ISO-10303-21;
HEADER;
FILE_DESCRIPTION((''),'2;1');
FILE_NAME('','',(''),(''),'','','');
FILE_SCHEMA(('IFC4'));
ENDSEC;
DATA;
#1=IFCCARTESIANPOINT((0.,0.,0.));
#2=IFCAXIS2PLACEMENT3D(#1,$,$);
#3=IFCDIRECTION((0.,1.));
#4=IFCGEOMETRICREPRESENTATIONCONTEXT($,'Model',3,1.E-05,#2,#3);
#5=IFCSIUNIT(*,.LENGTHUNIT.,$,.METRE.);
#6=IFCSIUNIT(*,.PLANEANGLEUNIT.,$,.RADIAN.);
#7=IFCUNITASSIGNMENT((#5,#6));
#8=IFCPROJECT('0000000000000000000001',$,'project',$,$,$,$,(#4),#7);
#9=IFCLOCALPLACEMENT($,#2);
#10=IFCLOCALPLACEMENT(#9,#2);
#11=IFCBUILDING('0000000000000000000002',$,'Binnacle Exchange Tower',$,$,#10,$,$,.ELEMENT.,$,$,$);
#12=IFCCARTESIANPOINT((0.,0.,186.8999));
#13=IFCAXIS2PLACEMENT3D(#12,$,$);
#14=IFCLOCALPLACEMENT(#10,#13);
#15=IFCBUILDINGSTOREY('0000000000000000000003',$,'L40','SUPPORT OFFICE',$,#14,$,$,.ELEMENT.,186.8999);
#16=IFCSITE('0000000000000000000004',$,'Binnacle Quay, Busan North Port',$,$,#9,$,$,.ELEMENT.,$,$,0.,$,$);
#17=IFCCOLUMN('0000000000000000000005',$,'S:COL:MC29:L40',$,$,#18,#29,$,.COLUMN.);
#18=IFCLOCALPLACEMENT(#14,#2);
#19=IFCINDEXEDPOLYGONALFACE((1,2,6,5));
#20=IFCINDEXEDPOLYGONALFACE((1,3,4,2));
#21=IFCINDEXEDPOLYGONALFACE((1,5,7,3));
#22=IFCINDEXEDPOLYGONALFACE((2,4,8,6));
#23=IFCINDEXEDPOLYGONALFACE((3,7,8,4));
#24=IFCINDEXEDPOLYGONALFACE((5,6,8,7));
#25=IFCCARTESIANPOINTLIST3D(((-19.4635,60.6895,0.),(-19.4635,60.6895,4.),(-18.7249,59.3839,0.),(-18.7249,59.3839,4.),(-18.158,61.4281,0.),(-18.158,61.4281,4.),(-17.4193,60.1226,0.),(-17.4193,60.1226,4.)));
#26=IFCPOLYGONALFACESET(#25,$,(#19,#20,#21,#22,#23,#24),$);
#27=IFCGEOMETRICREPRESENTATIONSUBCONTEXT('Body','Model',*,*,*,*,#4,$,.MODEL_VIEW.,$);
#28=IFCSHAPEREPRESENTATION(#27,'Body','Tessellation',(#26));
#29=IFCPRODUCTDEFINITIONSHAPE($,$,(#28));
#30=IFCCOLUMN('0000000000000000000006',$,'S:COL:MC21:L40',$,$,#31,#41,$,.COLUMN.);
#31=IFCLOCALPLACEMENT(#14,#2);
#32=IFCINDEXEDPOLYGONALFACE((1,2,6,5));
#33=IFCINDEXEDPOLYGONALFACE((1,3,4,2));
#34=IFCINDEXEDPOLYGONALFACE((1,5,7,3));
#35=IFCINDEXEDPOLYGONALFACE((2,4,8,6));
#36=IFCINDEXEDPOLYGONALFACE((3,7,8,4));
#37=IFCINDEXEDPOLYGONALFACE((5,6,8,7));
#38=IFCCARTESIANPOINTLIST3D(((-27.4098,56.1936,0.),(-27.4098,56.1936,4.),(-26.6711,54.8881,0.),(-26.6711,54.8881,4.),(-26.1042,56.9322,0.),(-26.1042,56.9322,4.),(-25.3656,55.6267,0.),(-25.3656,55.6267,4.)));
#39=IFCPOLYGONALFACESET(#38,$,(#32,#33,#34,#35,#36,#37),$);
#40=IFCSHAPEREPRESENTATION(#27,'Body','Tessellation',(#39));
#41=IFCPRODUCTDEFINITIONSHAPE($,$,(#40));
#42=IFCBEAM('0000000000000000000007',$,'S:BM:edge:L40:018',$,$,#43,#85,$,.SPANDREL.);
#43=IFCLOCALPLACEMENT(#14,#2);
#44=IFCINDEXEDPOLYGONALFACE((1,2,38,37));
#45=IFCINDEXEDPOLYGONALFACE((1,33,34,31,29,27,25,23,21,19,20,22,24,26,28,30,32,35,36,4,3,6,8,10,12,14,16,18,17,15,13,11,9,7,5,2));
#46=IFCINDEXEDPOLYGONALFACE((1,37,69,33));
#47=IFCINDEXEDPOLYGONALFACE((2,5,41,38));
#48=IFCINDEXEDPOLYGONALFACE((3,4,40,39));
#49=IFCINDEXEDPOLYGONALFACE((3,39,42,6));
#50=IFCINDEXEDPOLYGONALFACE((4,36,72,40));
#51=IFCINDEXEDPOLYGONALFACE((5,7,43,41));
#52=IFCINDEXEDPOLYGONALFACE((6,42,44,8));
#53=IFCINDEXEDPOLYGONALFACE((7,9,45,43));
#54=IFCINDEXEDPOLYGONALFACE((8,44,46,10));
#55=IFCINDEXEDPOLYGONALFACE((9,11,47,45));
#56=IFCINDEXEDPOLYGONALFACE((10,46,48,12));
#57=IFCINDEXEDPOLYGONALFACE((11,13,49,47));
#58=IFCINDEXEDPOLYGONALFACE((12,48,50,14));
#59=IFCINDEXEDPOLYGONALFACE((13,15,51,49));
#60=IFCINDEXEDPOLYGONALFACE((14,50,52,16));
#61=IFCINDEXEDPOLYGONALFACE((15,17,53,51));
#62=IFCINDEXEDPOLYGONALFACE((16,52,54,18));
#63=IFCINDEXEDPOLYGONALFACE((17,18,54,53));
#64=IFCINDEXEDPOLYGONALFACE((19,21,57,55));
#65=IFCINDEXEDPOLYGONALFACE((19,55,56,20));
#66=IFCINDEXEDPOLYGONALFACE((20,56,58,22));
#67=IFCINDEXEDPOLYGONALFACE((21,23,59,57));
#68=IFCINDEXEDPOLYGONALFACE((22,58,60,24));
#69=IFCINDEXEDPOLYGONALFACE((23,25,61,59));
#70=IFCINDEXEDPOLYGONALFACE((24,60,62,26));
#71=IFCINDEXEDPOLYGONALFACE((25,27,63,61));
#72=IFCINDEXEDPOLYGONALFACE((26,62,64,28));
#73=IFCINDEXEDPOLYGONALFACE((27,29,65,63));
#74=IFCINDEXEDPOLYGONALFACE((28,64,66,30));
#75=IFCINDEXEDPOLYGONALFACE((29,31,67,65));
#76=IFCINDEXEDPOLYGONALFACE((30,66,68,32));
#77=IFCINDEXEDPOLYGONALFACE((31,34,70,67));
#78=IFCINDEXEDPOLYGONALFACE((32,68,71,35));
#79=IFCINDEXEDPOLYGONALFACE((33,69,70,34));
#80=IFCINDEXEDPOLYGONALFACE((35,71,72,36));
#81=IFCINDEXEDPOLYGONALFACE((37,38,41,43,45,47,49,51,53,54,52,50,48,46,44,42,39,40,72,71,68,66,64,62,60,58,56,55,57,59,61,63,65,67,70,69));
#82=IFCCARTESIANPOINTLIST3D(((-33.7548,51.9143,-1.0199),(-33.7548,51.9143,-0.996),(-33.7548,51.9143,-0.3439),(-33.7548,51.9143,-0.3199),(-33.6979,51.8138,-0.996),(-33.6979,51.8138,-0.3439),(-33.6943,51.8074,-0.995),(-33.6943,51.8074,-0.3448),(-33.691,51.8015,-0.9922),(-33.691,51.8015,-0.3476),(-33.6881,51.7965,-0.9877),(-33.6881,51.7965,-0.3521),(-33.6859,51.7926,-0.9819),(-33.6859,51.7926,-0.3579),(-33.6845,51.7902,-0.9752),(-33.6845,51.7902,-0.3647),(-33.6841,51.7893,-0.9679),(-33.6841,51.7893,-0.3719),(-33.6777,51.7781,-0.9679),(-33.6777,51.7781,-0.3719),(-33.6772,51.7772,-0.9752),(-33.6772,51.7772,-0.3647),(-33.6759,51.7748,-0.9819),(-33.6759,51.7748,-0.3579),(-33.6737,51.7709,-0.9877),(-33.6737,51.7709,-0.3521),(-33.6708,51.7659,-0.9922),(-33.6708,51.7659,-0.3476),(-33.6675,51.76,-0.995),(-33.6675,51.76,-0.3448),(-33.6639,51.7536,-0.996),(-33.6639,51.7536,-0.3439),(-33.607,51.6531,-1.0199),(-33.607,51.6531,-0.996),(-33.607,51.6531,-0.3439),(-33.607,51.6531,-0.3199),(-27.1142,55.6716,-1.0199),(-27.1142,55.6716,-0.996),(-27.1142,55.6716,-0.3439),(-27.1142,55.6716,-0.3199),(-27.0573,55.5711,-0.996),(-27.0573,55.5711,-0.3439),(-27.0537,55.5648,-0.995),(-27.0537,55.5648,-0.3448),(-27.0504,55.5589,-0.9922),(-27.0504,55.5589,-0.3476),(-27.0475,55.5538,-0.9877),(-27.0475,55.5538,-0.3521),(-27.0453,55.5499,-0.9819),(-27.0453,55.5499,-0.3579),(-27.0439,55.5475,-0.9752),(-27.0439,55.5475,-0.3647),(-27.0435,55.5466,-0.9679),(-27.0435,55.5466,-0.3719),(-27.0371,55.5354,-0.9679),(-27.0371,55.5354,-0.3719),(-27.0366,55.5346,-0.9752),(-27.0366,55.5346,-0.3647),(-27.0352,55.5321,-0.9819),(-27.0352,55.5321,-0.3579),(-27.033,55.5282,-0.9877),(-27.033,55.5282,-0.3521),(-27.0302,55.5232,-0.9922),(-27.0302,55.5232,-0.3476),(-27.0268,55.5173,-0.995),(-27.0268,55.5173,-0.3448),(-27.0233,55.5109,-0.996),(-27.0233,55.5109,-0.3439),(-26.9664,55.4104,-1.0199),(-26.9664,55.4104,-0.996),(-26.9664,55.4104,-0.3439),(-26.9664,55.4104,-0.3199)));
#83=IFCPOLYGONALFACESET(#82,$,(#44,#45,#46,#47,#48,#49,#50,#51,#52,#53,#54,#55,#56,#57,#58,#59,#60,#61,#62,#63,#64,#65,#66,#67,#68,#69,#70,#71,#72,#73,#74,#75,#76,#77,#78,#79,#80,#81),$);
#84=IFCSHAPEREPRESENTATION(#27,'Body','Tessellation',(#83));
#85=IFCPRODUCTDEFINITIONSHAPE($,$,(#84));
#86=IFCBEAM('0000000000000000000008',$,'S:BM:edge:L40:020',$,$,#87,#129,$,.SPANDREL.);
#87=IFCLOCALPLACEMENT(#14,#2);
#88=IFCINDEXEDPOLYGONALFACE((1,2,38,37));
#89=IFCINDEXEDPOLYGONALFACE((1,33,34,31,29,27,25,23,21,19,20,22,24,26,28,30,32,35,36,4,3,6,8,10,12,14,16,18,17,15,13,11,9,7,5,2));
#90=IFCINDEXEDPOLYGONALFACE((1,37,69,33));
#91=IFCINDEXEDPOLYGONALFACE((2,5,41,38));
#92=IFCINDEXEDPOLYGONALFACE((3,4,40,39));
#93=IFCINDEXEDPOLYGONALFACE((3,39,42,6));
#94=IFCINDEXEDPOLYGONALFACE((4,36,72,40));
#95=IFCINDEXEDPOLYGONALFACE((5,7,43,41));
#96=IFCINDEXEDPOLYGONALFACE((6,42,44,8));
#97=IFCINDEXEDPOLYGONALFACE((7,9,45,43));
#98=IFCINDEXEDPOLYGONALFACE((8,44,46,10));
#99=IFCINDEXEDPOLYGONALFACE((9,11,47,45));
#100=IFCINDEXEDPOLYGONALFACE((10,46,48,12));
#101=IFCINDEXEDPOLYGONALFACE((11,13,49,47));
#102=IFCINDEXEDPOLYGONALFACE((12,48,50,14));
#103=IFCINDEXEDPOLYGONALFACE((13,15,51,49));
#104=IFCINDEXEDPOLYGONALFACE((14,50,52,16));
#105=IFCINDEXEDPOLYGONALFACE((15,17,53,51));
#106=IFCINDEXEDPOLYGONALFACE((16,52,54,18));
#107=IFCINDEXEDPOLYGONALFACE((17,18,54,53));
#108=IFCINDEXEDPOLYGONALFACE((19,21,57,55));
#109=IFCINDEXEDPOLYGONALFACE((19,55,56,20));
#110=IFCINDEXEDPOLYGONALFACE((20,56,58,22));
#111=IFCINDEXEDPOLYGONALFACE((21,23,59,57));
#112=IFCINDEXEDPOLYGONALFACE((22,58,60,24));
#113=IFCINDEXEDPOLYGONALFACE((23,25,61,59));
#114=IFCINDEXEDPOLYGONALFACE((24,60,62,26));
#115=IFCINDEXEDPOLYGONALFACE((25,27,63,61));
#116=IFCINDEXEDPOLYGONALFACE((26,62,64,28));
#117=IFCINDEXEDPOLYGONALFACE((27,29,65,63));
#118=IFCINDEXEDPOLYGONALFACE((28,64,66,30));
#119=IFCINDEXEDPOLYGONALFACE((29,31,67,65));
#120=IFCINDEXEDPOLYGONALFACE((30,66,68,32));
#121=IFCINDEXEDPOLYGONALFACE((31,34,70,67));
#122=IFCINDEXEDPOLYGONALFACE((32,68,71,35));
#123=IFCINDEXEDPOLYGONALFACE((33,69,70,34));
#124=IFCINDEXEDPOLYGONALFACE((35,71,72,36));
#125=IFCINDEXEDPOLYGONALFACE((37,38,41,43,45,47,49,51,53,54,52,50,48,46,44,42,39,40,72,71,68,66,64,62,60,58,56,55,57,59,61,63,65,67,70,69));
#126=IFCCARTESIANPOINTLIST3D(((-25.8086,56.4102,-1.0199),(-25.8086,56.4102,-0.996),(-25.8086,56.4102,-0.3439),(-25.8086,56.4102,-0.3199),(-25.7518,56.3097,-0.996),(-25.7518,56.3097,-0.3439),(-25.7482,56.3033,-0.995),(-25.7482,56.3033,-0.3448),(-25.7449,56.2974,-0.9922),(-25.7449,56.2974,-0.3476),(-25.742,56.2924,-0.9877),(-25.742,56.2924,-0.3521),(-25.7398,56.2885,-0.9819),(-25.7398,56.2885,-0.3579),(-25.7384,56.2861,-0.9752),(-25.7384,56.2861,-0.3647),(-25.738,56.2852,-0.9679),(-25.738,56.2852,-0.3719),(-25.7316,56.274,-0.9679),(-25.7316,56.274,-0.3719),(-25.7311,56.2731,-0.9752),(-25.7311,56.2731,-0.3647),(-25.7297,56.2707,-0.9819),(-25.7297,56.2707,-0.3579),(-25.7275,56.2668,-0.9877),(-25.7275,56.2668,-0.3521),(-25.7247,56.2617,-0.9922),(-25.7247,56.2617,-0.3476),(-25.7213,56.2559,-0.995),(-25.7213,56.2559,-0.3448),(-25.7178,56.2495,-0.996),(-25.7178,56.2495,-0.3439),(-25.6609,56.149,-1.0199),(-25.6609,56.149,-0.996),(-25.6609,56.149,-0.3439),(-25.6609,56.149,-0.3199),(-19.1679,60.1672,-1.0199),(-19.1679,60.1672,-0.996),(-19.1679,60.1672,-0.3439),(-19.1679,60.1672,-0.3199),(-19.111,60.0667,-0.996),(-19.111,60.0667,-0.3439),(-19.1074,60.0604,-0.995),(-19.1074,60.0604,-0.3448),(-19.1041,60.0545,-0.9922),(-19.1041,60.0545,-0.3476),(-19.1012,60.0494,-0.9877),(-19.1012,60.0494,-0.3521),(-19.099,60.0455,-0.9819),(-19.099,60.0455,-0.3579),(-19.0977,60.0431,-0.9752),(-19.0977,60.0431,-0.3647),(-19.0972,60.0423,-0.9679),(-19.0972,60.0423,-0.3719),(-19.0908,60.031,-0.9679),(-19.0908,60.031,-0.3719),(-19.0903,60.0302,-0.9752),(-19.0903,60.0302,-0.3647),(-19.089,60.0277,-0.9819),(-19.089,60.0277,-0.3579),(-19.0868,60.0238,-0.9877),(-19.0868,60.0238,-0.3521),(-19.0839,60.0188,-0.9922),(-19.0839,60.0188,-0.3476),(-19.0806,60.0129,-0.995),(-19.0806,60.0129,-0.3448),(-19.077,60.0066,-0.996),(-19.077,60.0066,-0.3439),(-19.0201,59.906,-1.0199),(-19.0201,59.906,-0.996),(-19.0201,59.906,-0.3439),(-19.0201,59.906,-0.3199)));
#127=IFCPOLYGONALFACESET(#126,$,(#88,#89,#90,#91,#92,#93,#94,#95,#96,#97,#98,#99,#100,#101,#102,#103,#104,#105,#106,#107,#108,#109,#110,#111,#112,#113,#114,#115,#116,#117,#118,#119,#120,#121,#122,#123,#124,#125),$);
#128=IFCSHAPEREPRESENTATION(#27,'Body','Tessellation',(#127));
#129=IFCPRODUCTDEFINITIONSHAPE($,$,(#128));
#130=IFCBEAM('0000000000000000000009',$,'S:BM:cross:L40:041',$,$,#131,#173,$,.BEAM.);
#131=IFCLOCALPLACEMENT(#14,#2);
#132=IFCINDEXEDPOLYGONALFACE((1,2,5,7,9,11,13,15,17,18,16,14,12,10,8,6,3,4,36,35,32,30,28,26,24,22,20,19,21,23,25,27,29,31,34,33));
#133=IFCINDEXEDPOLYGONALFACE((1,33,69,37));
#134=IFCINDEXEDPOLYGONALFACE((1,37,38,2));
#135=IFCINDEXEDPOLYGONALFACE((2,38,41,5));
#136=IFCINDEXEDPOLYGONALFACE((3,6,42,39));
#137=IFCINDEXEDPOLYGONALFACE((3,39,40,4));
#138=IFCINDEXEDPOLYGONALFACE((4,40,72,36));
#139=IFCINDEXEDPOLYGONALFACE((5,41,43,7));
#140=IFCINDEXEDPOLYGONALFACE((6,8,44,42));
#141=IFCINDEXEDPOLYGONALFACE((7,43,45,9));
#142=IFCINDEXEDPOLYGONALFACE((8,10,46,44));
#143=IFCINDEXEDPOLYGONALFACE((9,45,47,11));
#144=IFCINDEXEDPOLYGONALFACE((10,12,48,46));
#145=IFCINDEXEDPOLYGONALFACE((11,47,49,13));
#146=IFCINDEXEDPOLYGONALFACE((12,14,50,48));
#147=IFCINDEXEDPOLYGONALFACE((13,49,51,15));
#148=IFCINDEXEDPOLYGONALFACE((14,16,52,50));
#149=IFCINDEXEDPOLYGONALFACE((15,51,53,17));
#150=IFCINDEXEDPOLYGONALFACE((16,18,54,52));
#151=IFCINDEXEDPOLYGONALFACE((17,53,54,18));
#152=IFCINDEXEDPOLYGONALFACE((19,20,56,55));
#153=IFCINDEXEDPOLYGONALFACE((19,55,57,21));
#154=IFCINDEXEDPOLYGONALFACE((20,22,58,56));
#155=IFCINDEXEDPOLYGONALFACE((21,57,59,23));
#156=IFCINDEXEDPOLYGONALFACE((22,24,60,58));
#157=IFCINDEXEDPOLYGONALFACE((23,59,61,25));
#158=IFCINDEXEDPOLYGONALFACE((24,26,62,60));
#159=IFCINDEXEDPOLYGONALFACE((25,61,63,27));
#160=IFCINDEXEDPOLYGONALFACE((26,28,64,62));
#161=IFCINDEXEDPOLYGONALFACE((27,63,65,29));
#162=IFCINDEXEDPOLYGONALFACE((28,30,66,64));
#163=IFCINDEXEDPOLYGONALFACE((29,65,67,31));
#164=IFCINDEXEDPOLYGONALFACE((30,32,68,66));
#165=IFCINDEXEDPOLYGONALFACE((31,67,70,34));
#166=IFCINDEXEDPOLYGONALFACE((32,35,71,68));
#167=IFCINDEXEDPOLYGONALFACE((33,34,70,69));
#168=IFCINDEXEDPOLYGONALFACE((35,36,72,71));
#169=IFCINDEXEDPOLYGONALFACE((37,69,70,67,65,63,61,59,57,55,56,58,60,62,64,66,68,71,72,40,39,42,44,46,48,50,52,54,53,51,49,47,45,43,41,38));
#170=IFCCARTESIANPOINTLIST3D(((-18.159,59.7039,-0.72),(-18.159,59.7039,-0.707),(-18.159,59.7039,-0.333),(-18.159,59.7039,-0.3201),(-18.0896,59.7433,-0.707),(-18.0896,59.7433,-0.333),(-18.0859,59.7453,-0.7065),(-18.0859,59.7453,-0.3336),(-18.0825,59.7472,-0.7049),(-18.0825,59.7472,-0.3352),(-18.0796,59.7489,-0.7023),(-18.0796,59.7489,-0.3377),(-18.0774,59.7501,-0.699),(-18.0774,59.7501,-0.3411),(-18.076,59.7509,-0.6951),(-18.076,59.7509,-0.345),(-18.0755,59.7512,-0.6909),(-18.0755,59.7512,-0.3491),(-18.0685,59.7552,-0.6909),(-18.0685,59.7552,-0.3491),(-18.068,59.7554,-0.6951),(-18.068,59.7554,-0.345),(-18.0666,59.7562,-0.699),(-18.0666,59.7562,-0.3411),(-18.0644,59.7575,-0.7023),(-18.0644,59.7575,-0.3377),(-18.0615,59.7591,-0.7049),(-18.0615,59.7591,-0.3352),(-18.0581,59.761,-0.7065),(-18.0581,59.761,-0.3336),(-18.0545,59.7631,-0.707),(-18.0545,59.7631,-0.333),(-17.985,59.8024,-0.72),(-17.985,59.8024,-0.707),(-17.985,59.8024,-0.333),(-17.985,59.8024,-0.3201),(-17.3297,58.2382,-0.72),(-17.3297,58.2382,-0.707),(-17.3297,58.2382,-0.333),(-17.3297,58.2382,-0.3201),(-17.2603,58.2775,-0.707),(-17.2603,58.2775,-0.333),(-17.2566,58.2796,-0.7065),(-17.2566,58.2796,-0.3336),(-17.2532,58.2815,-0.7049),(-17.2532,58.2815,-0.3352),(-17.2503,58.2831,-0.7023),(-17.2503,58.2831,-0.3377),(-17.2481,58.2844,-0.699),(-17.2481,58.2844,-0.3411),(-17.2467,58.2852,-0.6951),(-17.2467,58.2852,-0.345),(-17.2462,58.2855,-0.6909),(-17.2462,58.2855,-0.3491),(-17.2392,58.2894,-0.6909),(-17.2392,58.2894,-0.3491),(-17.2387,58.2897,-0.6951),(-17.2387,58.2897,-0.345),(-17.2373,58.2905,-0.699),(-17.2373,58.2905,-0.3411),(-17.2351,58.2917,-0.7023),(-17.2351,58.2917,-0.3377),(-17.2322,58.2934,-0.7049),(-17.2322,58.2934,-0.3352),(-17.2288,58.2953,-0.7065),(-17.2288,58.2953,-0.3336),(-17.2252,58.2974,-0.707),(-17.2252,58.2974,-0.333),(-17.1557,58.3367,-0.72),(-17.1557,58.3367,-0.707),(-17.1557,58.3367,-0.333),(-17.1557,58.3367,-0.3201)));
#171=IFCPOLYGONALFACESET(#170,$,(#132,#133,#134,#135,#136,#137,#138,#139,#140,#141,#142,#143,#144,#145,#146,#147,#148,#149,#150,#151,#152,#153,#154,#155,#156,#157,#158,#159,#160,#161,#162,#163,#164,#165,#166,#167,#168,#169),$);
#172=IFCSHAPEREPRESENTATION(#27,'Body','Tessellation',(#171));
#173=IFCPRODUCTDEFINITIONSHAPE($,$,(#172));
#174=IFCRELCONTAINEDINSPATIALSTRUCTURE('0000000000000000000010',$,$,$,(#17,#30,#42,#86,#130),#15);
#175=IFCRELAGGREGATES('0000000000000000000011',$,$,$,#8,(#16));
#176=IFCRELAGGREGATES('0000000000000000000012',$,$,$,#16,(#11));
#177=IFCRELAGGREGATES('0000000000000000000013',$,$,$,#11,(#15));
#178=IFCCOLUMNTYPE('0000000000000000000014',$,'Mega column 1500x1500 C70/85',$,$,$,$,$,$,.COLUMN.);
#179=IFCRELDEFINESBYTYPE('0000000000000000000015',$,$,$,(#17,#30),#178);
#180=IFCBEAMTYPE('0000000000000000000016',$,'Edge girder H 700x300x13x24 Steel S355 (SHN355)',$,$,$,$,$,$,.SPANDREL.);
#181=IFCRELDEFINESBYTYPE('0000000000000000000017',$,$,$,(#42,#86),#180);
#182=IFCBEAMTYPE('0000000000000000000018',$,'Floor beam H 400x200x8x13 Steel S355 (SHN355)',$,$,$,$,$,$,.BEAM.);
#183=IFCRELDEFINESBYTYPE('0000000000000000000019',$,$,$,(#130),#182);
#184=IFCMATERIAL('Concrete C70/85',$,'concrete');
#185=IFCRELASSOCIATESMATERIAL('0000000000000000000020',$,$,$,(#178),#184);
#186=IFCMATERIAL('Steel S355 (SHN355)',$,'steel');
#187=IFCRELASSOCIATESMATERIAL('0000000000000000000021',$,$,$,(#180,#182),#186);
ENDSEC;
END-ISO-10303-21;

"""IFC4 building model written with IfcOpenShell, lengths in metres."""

from ifc_helpers import new_model, si_unit, direction, frame, origin, origin_2d, place, context, subcontext, project, spatial, rectangle, i_section, extrude, material, material_profile, profile_set, type_object, element, save


model = new_model("IFC4")

# Units and contexts
model_context = context("Model", 3, precision=1e-05, world=origin(), true_north=direction((0.0, 1.0)))
body_context = subcontext(model_context, "Body", "Model", "MODEL_VIEW")
ifc_project = project(units=[si_unit("LENGTHUNIT", "METRE"), si_unit("PLANEANGLEUNIT", "RADIAN")], contexts=[model_context])

# Site, building, storey
site_placement = place(None, origin())
site = spatial("IfcSite", under=ifc_project, at=site_placement, Name="Binnacle Quay, Busan North Port", CompositionType="ELEMENT", RefElevation=0.0)
building_placement = place(site_placement, origin())
building = spatial("IfcBuilding", under=site, at=building_placement, Name="Binnacle Exchange Tower", CompositionType="ELEMENT")
storey_placement = place(building_placement, frame((0.0, 0.0, 186.8999)))
storey = spatial("IfcBuildingStorey", under=building, at=storey_placement, Name="L40", Description="SUPPORT OFFICE", CompositionType="ELEMENT", Elevation=186.8999)

# Columns
ifc_material_1 = material(Name="Concrete C70/85", Category="concrete")
ifc_material_profile_1 = material_profile(ifc_material_1, rectangle(XDim=1.5, YDim=1.5, at=origin_2d()), Name="Mega column 1500x1500 C70/85")
ifc_profile_set_1 = profile_set([ifc_material_profile_1], Name="Concrete C70/85")
column_type = type_object("IfcColumnType", Name="Mega column 1500x1500 C70/85", PredefinedType="COLUMN", material=ifc_profile_set_1)
for number, where, z_axis, x_axis, name in (
    (1, (-18.4414, 60.406, 0.0), (0.0, 0.0, 1.0), (-0.870356, -0.492424, 0.0), "S:COL:MC29:L40"),
    (2, (-26.3877, 55.9102, 0.0), (0.0, 0.0, 1.0), (-0.870356, -0.492424, 0.0), "S:COL:MC21:L40"),
):
    element("IfcColumn", number, at=place(storey_placement, frame(where, z_axis=z_axis, x_axis=x_axis)), inside=storey, type_object=column_type, Name=name, PredefinedType="COLUMN", context=body_context, shape_type="SweptSolid", body=[
        extrude(rectangle(XDim=1.5, YDim=1.5, at=origin_2d()), origin(), (0.0, 0.0, 1.0), 4.0),
    ])

# Beams
ifc_material_2 = material(Name="Steel S355 (SHN355)", Category="steel")
ifc_material_profile_2 = material_profile(ifc_material_2, i_section(OverallWidth=0.3, OverallDepth=0.7, WebThickness=0.0129, FlangeThickness=0.0239, FilletRadius=0.0281, at=origin_2d()), Name="H 700x300x13x24")
ifc_profile_set_2 = profile_set([ifc_material_profile_2], Name="Steel S355 (SHN355)")
beam_type_1 = type_object("IfcBeamType", Name="Edge girder H 700x300x13x24 Steel S355 (SHN355)", PredefinedType="SPANDREL", material=ifc_profile_set_2)
for number, where, z_axis, x_axis, name in (
    (3, (-27.0403, 55.541, -0.6699), (-0.870342, -0.492447, 0.0), (0.492447, -0.870342, 0.0), "S:BM:edge:L40:018"),
    (4, (-19.094, 60.0366, -0.6699), (-0.870364, -0.492409, 0.0), (0.492409, -0.870364, 0.0), "S:BM:edge:L40:020"),
):
    element("IfcBeam", number, at=place(storey_placement, frame(where, z_axis=z_axis, x_axis=x_axis)), inside=storey, type_object=beam_type_1, Name=name, PredefinedType="SPANDREL", context=body_context, shape_type="SweptSolid", body=[
        extrude(i_section(OverallWidth=0.3, OverallDepth=0.7, WebThickness=0.0129, FlangeThickness=0.0239, FilletRadius=0.0281, at=origin_2d()), origin(), (0.0, 0.0, 1.0), 7.6299),
    ])
ifc_material_profile_3 = material_profile(ifc_material_2, i_section(OverallWidth=0.2, OverallDepth=0.3999, WebThickness=0.0081, FlangeThickness=0.0129, FilletRadius=0.0161, at=origin_2d()), Name="H 400x200x8x13")
ifc_profile_set_3 = profile_set([ifc_material_profile_3], Name="Steel S355 (SHN355)")
beam_type_2 = type_object("IfcBeamType", Name="Floor beam H 400x200x8x13 Steel S355 (SHN355)", PredefinedType="BEAM", material=ifc_profile_set_3)
beam_1_placement = place(storey_placement, frame((-18.072, 59.7532, -0.52), z_axis=(0.492435, -0.870349, 0.0), x_axis=(0.870349, 0.492435, 0.0)))
element("IfcBeam", 5, at=beam_1_placement, inside=storey, type_object=beam_type_2, Name="S:BM:cross:L40:041", PredefinedType="BEAM", context=body_context, shape_type="SweptSolid", body=[
    extrude(i_section(OverallWidth=0.2, OverallDepth=0.3999, WebThickness=0.0081, FlangeThickness=0.0129, FilletRadius=0.0161, at=origin_2d()), origin(), (0.0, 0.0, 1.0), 1.6841),
])

save(model, "model.ifc")
